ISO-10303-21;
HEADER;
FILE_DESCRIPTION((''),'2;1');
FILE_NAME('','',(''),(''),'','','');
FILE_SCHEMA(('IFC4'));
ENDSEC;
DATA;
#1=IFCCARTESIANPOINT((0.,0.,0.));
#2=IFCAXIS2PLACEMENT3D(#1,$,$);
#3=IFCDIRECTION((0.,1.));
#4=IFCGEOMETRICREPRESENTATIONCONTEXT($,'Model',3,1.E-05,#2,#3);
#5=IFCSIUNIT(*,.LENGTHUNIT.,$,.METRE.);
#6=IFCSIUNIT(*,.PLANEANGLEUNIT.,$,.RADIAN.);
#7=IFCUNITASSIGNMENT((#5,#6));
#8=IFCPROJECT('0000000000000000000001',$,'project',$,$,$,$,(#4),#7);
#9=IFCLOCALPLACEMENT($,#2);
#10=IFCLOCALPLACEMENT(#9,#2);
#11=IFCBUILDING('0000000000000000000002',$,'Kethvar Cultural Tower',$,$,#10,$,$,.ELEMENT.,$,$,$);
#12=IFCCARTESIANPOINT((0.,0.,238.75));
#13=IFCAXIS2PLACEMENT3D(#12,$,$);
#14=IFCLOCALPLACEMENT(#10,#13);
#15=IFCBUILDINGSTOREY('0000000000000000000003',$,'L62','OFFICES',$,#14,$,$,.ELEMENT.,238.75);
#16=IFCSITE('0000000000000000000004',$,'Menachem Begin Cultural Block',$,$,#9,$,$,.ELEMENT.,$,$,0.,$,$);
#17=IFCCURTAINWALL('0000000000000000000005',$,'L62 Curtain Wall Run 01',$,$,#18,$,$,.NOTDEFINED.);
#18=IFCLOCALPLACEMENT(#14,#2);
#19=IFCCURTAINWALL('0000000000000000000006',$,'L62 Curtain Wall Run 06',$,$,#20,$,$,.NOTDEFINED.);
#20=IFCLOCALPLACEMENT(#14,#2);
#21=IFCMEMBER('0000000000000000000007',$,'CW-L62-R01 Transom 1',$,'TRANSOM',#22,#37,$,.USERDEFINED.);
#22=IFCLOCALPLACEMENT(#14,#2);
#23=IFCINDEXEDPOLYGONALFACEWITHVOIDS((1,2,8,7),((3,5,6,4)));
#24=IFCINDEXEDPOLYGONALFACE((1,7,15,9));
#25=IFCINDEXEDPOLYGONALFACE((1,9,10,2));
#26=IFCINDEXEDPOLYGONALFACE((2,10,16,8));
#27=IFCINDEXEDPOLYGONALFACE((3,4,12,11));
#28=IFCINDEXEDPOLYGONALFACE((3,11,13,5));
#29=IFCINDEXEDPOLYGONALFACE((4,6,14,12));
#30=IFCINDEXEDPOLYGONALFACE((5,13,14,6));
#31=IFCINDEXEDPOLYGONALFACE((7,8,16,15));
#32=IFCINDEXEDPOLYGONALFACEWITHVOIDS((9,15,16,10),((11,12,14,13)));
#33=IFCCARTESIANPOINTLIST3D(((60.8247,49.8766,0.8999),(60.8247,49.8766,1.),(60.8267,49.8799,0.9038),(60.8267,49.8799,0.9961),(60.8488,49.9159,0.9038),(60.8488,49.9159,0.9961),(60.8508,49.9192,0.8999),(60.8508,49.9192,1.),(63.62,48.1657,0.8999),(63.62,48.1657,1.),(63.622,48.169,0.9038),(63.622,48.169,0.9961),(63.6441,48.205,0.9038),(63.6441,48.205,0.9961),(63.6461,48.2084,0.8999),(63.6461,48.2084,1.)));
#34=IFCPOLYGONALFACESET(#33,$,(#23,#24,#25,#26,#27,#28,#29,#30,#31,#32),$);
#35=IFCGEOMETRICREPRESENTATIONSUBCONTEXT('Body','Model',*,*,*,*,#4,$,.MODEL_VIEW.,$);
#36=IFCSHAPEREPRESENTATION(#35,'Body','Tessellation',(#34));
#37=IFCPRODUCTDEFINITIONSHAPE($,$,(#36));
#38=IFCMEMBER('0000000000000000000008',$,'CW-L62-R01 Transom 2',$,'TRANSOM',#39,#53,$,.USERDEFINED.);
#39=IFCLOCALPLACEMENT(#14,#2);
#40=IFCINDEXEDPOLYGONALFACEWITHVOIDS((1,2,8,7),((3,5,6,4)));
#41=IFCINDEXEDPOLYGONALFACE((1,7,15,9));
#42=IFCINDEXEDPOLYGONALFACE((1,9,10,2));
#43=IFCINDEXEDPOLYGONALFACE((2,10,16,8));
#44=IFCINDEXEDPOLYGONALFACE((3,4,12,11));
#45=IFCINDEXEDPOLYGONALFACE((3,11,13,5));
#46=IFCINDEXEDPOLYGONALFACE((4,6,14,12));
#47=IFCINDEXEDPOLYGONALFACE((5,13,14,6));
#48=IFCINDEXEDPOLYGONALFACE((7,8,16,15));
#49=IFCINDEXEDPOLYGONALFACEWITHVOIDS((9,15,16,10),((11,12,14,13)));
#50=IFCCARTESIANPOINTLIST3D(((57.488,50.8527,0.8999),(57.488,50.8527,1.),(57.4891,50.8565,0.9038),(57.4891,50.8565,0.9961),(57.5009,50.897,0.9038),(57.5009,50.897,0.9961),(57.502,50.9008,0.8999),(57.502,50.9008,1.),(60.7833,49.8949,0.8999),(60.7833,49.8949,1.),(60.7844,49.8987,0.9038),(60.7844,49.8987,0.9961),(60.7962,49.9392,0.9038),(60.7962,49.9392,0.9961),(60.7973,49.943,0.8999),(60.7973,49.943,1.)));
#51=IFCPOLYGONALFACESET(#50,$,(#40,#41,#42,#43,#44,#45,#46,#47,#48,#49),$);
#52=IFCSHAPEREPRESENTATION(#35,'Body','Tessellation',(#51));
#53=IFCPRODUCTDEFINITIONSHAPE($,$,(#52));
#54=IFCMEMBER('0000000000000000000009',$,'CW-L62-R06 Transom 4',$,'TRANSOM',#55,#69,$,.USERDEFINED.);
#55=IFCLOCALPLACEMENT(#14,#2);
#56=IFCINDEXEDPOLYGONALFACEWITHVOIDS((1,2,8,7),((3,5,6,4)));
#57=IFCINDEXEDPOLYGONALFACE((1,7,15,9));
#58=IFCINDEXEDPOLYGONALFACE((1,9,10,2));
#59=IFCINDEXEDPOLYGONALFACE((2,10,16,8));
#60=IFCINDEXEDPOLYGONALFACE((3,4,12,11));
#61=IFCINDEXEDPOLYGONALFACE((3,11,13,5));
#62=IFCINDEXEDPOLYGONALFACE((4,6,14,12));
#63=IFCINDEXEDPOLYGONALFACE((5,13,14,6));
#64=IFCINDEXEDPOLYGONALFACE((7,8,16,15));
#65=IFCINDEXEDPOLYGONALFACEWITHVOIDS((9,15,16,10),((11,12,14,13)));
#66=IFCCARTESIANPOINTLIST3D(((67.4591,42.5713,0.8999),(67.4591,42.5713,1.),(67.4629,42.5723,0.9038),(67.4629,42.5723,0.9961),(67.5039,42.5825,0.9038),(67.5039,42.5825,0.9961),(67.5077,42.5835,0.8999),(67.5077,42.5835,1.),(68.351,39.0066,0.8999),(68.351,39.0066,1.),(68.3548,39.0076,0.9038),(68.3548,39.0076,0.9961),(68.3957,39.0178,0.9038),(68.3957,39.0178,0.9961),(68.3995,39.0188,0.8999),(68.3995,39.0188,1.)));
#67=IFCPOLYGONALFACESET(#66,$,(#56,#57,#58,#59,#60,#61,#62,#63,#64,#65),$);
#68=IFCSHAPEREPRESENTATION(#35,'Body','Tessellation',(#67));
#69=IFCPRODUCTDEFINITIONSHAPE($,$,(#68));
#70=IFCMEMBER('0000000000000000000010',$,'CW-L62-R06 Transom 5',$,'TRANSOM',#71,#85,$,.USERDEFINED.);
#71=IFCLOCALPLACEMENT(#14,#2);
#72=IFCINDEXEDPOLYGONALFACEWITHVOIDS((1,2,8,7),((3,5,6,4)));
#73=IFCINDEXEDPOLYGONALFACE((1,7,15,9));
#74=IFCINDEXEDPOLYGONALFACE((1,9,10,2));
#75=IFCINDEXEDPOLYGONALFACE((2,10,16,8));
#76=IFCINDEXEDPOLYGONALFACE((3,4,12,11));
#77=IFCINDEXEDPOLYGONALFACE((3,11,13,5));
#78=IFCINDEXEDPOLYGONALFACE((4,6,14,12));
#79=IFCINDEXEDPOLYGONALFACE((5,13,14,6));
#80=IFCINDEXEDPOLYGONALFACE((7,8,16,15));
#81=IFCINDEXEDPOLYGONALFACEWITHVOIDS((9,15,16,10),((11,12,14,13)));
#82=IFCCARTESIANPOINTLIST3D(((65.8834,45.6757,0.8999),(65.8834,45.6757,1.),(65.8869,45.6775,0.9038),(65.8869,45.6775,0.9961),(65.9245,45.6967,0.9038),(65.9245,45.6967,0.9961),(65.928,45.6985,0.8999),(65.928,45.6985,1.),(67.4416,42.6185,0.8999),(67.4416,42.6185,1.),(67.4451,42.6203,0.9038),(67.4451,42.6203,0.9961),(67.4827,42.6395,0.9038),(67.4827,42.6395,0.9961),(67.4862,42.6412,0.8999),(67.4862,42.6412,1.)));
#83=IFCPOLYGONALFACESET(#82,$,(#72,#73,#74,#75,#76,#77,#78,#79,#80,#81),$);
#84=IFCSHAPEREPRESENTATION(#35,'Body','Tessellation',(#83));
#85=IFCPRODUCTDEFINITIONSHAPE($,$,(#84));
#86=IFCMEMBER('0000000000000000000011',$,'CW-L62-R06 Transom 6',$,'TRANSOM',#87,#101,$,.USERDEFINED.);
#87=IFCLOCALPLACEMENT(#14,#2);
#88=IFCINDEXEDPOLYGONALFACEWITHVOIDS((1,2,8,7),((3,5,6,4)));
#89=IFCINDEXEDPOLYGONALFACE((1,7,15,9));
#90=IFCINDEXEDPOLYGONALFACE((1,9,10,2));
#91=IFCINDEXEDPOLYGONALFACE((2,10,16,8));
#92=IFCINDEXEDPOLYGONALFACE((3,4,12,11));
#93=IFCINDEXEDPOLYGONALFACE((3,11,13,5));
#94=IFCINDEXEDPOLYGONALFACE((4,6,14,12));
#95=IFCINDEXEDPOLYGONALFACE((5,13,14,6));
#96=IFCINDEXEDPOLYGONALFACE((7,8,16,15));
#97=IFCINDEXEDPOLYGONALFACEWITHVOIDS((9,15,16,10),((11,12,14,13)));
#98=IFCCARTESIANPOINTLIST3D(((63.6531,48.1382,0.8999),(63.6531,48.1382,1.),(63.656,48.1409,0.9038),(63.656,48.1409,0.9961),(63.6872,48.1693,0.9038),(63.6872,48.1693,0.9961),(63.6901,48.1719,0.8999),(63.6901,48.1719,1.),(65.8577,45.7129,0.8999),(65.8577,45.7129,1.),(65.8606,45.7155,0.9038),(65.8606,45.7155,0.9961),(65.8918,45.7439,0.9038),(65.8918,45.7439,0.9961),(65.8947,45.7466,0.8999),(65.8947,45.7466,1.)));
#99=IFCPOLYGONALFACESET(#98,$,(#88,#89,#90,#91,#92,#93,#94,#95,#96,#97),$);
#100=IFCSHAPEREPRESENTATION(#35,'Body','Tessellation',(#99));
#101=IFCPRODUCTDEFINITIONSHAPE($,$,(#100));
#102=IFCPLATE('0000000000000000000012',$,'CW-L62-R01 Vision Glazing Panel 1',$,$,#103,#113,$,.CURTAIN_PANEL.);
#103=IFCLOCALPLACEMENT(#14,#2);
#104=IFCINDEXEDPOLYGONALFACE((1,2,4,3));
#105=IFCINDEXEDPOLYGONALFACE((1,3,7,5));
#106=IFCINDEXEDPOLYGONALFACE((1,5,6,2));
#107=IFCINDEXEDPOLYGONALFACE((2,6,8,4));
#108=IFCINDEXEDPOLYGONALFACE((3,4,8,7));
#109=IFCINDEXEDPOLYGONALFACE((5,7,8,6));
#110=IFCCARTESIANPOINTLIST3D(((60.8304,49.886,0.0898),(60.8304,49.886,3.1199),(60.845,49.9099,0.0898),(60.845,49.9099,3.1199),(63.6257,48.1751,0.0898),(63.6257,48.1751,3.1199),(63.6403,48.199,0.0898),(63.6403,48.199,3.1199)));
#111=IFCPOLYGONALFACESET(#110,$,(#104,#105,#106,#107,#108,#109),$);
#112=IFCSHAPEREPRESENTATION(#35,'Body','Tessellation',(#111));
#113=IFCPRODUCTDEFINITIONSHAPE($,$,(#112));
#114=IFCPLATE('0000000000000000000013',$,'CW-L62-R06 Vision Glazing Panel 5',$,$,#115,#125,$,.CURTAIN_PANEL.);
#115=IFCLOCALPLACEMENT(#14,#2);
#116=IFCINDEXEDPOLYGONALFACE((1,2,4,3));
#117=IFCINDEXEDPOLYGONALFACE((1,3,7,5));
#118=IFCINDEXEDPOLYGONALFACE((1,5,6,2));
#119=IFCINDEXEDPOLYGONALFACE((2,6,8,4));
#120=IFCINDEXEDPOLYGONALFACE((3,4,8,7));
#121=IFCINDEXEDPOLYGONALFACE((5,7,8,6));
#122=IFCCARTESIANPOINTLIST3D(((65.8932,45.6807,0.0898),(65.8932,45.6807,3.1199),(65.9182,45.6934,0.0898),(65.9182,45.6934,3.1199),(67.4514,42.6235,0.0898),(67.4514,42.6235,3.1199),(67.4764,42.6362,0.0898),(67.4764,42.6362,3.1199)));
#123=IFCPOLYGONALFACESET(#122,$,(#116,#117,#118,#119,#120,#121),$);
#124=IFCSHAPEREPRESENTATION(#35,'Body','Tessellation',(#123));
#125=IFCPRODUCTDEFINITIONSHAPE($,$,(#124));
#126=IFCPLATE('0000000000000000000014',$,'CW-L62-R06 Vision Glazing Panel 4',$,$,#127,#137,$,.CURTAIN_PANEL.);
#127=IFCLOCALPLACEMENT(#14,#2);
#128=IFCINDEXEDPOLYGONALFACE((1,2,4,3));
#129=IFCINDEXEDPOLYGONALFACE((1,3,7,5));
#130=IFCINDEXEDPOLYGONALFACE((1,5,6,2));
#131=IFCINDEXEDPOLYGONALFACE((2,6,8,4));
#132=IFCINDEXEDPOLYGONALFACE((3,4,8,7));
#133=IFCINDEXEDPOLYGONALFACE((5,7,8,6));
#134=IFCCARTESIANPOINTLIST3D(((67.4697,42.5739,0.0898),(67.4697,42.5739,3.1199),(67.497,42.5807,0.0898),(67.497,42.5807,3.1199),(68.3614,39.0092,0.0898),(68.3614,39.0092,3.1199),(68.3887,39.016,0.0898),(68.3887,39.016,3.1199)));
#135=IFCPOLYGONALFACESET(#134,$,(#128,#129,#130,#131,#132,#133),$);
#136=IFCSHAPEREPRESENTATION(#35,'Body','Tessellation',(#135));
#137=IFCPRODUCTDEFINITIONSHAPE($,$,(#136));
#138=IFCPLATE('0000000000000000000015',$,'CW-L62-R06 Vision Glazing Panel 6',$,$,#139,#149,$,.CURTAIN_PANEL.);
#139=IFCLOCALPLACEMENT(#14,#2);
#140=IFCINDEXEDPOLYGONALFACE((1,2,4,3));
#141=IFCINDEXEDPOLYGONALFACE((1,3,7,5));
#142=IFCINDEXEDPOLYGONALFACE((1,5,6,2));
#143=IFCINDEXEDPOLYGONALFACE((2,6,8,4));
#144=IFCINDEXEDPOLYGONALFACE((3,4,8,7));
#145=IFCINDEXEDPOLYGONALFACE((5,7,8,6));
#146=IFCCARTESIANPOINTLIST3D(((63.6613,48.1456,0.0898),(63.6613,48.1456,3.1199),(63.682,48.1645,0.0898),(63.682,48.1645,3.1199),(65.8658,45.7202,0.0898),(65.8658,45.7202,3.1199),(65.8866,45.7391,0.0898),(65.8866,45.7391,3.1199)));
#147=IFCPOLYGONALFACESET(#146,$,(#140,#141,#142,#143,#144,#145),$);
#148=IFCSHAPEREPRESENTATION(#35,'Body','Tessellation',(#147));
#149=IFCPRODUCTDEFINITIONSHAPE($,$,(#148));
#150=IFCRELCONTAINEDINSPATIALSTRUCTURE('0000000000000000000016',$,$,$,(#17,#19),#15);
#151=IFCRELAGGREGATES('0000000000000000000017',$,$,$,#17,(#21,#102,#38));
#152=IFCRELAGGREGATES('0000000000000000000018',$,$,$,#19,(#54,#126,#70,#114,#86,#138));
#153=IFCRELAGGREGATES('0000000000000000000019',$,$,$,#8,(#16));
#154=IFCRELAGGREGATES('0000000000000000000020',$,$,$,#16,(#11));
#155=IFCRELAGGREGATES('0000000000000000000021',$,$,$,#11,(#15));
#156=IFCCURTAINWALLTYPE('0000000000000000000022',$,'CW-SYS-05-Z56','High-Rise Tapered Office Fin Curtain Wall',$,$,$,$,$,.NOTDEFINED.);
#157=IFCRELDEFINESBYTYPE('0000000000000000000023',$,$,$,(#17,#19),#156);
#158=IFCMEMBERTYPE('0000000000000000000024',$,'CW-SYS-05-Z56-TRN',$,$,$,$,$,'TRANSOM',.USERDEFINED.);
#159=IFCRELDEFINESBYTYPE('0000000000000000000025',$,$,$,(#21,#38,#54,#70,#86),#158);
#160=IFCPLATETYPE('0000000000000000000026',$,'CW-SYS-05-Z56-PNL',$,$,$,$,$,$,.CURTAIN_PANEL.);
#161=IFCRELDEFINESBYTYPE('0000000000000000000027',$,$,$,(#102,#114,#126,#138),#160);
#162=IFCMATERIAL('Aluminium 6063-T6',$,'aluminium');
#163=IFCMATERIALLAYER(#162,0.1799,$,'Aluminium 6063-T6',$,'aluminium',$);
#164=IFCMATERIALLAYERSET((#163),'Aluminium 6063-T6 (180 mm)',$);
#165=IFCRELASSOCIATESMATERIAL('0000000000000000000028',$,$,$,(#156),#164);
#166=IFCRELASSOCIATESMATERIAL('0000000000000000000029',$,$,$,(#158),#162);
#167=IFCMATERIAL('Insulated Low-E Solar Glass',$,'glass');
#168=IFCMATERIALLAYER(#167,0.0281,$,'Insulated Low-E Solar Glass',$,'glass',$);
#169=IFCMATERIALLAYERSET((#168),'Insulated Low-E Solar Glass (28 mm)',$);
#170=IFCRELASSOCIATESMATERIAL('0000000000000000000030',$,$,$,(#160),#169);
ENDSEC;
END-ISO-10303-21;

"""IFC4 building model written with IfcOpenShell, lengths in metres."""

from ifc_helpers import new_model, si_unit, direction, frame, origin, origin_2d, place, context, subcontext, project, spatial, rectangle, hollow_rectangle, extrude, source, transform, mapped, material, layer, layer_set, material_profile, profile_set, type_object, element, aggregate, save


model = new_model("IFC4")

# Units and contexts
model_context = context("Model", 3, precision=1e-05, world=origin(), true_north=direction((0.0, 1.0)))
body_context = subcontext(model_context, "Body", "Model", "MODEL_VIEW")
ifc_project = project(units=[si_unit("LENGTHUNIT", "METRE"), si_unit("PLANEANGLEUNIT", "RADIAN")], contexts=[model_context])

# Site, building, storey
site_placement = place(None, origin())
site = spatial("IfcSite", under=ifc_project, at=site_placement, Name="Menachem Begin Cultural Block", CompositionType="ELEMENT", RefElevation=0.0)
building_placement = place(site_placement, origin())
building = spatial("IfcBuilding", under=site, at=building_placement, Name="Kethvar Cultural Tower", CompositionType="ELEMENT")
storey_placement = place(building_placement, frame((0.0, 0.0, 238.75)))
storey = spatial("IfcBuildingStorey", under=building, at=storey_placement, Name="L62", Description="OFFICES", CompositionType="ELEMENT", Elevation=238.75)

# Curtain walls
ifc_material_1 = material(Name="Aluminium 6063-T6", Category="aluminium")
ifc_layer_1 = layer(ifc_material_1, 0.1799, Name="Aluminium 6063-T6", Category="aluminium")
ifc_layer_set_1 = layer_set([ifc_layer_1], Name="Aluminium 6063-T6 (180 mm)")
curtain_wall_type = type_object("IfcCurtainWallType", Name="CW-SYS-05-Z56", Description="High-Rise Tapered Office Fin Curtain Wall", PredefinedType="NOTDEFINED", material=ifc_layer_set_1)
curtain_wall_1_placement = place(storey_placement, origin())
curtain_wall_1 = element("IfcCurtainWall", 1, at=curtain_wall_1_placement, inside=storey, type_object=curtain_wall_type, Name="L62 Curtain Wall Run 01", PredefinedType="NOTDEFINED")
curtain_wall_2_placement = place(storey_placement, origin())
curtain_wall_2 = element("IfcCurtainWall", 2, at=curtain_wall_2_placement, inside=storey, type_object=curtain_wall_type, Name="L62 Curtain Wall Run 06", PredefinedType="NOTDEFINED")

# Members
ifc_material_profile_1 = material_profile(ifc_material_1, hollow_rectangle(XDim=0.05, YDim=0.1001, WallThickness=0.0039, at=origin_2d()), Name="Aluminium 6063-T6 — RHS100x50x4")
ifc_profile_set_1 = profile_set([ifc_material_profile_1], Name="Aluminium 6063-T6 — RHS100x50x4")
member_type_1 = type_object("IfcMemberType", Name="CW-SYS-05-Z56-TRN", ElementType="TRANSOM", PredefinedType="USERDEFINED", material=ifc_profile_set_1)
shared_shape_1 = source(origin(), body_context, "Body", "SweptSolid", [
    extrude(hollow_rectangle(XDim=0.05, YDim=0.1001, WallThickness=0.0039, at=origin_2d()), origin(), (0.0, 0.0, 1.0), 3.2773),
])
member_1_placement = place(storey_placement, frame((63.6331, 48.187, 0.95), z_axis=(-0.852924, 0.522034, 0.0), x_axis=(-0.522034, -0.852924, 0.0)))
member_1 = element("IfcMember", 3, at=member_1_placement, type_object=member_type_1, Name="CW-L62-R01 Transom 1", ObjectType="TRANSOM", PredefinedType="USERDEFINED", context=body_context, shape_type="MappedRepresentation", body=[
    mapped(shared_shape_1, transform((0.0, 0.0, 0.0), scale=1.0)),
])
shared_shape_2 = source(origin(), body_context, "Body", "SweptSolid", [
    extrude(hollow_rectangle(XDim=0.05, YDim=0.1001, WallThickness=0.0039, at=origin_2d()), origin(), (0.0, 0.0, 1.0), 3.4316),
])
member_2_placement = place(storey_placement, frame((60.7903, 49.9189, 0.95), z_axis=(-0.96026, 0.279107, 0.0), x_axis=(-0.279107, -0.96026, 0.0)))
member_2 = element("IfcMember", 4, at=member_2_placement, type_object=member_type_1, Name="CW-L62-R01 Transom 2", ObjectType="TRANSOM", PredefinedType="USERDEFINED", context=body_context, shape_type="MappedRepresentation", body=[
    mapped(shared_shape_2, transform((0.0, 0.0, 0.0), scale=1.0)),
])
shared_shape_3 = source(origin(), body_context, "Body", "SweptSolid", [
    extrude(hollow_rectangle(XDim=0.05, YDim=0.1001, WallThickness=0.0039, at=origin_2d()), origin(), (0.0, 0.0, 1.0), 3.6746),
])
member_3_placement = place(storey_placement, frame((68.3752, 39.0127, 0.95), z_axis=(-0.242708, 0.970099, 0.0), x_axis=(-0.970099, -0.242708, 0.0)))
member_3 = element("IfcMember", 5, at=member_3_placement, type_object=member_type_1, Name="CW-L62-R06 Transom 4", ObjectType="TRANSOM", PredefinedType="USERDEFINED", context=body_context, shape_type="MappedRepresentation", body=[
    mapped(shared_shape_3, transform((0.0, 0.0, 0.0), scale=1.0)),
])
shared_shape_4 = source(origin(), body_context, "Body", "SweptSolid", [
    extrude(hollow_rectangle(XDim=0.05, YDim=0.1001, WallThickness=0.0039, at=origin_2d()), origin(), (0.0, 0.0, 1.0), 3.4314),
])
member_4_placement = place(storey_placement, frame((67.4639, 42.6299, 0.95), z_axis=(-0.454088, 0.890957, 0.0), x_axis=(-0.890957, -0.454088, 0.0)))
member_4 = element("IfcMember", 6, at=member_4_placement, type_object=member_type_1, Name="CW-L62-R06 Transom 5", ObjectType="TRANSOM", PredefinedType="USERDEFINED", context=body_context, shape_type="MappedRepresentation", body=[
    mapped(shared_shape_4, transform((0.0, 0.0, 0.0), scale=1.0)),
])
shared_shape_5 = source(origin(), body_context, "Body", "SweptSolid", [
    extrude(hollow_rectangle(XDim=0.05, YDim=0.1001, WallThickness=0.0039, at=origin_2d()), origin(), (0.0, 0.0, 1.0), 3.2776),
])
member_5_placement = place(storey_placement, frame((65.8762, 45.7297, 0.95), z_axis=(-0.672636, 0.739974, 0.0), x_axis=(-0.739974, -0.672636, 0.0)))
member_5 = element("IfcMember", 7, at=member_5_placement, type_object=member_type_1, Name="CW-L62-R06 Transom 6", ObjectType="TRANSOM", PredefinedType="USERDEFINED", context=body_context, shape_type="MappedRepresentation", body=[
    mapped(shared_shape_5, transform((0.0, 0.0, 0.0), scale=1.0)),
])

# Plates
ifc_material_2 = material(Name="Insulated Low-E Solar Glass", Category="glass")
ifc_layer_2 = layer(ifc_material_2, 0.0281, Name="Insulated Low-E Solar Glass", Category="glass")
ifc_layer_set_2 = layer_set([ifc_layer_2], Name="Insulated Low-E Solar Glass (28 mm)")
plate_type = type_object("IfcPlateType", Name="CW-SYS-05-Z56-PNL", PredefinedType="CURTAIN_PANEL", material=ifc_layer_set_2)
shared_shape_6 = source(origin(), body_context, "Body", "SweptSolid", [
    extrude(rectangle(XDim=3.2773, YDim=0.0281, at=origin_2d()), origin(), (0.0, 0.0, 1.0), 3.03),
])
plate_1_placement = place(storey_placement, frame((62.2354, 49.0425, 0.0898), z_axis=(0.0, 0.0, 1.0), x_axis=(-0.852923, 0.522037, 0.0)))
plate_1 = element("IfcPlate", 8, at=plate_1_placement, type_object=plate_type, Name="CW-L62-R01 Vision Glazing Panel 1", PredefinedType="CURTAIN_PANEL", context=body_context, shape_type="MappedRepresentation", body=[
    mapped(shared_shape_6, transform((0.0, 0.0, 0.0), scale=1.0)),
])
aggregate(curtain_wall_1, [member_1, plate_1, member_2])
shared_shape_7 = source(origin(), body_context, "Body", "SweptSolid", [
    extrude(rectangle(XDim=3.4314, YDim=0.0281, at=origin_2d()), origin(), (0.0, 0.0, 1.0), 3.03),
])
plate_2_placement = place(storey_placement, frame((66.6848, 44.1584, 0.0898), z_axis=(0.0, 0.0, 1.0), x_axis=(-0.454099, 0.890951, 0.0)))
plate_2 = element("IfcPlate", 9, at=plate_2_placement, type_object=plate_type, Name="CW-L62-R06 Vision Glazing Panel 5", PredefinedType="CURTAIN_PANEL", context=body_context, shape_type="MappedRepresentation", body=[
    mapped(shared_shape_7, transform((0.0, 0.0, 0.0), scale=1.0)),
])
shared_shape_8 = source(origin(), body_context, "Body", "SweptSolid", [
    extrude(rectangle(XDim=3.6746, YDim=0.0281, at=origin_2d()), origin(), (0.0, 0.0, 1.0), 3.03),
])
plate_3_placement = place(storey_placement, frame((67.9292, 40.7949, 0.0898), z_axis=(0.0, 0.0, 1.0), x_axis=(-0.242667, 0.97011, 0.0)))
plate_3 = element("IfcPlate", 10, at=plate_3_placement, type_object=plate_type, Name="CW-L62-R06 Vision Glazing Panel 4", PredefinedType="CURTAIN_PANEL", context=body_context, shape_type="MappedRepresentation", body=[
    mapped(shared_shape_8, transform((0.0, 0.0, 0.0), scale=1.0)),
])
shared_shape_9 = source(origin(), body_context, "Body", "SweptSolid", [
    extrude(rectangle(XDim=3.2776, YDim=0.0281, at=origin_2d()), origin(), (0.0, 0.0, 1.0), 3.03),
])
plate_4_placement = place(storey_placement, frame((64.7739, 46.9424, 0.0898), z_axis=(0.0, 0.0, 1.0), x_axis=(-0.672612, 0.739995, 0.0)))
plate_4 = element("IfcPlate", 11, at=plate_4_placement, type_object=plate_type, Name="CW-L62-R06 Vision Glazing Panel 6", PredefinedType="CURTAIN_PANEL", context=body_context, shape_type="MappedRepresentation", body=[
    mapped(shared_shape_9, transform((0.0, 0.0, 0.0), scale=1.0)),
])
aggregate(curtain_wall_2, [member_3, plate_3, member_4, plate_2, member_5, plate_4])

save(model, "model.ifc")
